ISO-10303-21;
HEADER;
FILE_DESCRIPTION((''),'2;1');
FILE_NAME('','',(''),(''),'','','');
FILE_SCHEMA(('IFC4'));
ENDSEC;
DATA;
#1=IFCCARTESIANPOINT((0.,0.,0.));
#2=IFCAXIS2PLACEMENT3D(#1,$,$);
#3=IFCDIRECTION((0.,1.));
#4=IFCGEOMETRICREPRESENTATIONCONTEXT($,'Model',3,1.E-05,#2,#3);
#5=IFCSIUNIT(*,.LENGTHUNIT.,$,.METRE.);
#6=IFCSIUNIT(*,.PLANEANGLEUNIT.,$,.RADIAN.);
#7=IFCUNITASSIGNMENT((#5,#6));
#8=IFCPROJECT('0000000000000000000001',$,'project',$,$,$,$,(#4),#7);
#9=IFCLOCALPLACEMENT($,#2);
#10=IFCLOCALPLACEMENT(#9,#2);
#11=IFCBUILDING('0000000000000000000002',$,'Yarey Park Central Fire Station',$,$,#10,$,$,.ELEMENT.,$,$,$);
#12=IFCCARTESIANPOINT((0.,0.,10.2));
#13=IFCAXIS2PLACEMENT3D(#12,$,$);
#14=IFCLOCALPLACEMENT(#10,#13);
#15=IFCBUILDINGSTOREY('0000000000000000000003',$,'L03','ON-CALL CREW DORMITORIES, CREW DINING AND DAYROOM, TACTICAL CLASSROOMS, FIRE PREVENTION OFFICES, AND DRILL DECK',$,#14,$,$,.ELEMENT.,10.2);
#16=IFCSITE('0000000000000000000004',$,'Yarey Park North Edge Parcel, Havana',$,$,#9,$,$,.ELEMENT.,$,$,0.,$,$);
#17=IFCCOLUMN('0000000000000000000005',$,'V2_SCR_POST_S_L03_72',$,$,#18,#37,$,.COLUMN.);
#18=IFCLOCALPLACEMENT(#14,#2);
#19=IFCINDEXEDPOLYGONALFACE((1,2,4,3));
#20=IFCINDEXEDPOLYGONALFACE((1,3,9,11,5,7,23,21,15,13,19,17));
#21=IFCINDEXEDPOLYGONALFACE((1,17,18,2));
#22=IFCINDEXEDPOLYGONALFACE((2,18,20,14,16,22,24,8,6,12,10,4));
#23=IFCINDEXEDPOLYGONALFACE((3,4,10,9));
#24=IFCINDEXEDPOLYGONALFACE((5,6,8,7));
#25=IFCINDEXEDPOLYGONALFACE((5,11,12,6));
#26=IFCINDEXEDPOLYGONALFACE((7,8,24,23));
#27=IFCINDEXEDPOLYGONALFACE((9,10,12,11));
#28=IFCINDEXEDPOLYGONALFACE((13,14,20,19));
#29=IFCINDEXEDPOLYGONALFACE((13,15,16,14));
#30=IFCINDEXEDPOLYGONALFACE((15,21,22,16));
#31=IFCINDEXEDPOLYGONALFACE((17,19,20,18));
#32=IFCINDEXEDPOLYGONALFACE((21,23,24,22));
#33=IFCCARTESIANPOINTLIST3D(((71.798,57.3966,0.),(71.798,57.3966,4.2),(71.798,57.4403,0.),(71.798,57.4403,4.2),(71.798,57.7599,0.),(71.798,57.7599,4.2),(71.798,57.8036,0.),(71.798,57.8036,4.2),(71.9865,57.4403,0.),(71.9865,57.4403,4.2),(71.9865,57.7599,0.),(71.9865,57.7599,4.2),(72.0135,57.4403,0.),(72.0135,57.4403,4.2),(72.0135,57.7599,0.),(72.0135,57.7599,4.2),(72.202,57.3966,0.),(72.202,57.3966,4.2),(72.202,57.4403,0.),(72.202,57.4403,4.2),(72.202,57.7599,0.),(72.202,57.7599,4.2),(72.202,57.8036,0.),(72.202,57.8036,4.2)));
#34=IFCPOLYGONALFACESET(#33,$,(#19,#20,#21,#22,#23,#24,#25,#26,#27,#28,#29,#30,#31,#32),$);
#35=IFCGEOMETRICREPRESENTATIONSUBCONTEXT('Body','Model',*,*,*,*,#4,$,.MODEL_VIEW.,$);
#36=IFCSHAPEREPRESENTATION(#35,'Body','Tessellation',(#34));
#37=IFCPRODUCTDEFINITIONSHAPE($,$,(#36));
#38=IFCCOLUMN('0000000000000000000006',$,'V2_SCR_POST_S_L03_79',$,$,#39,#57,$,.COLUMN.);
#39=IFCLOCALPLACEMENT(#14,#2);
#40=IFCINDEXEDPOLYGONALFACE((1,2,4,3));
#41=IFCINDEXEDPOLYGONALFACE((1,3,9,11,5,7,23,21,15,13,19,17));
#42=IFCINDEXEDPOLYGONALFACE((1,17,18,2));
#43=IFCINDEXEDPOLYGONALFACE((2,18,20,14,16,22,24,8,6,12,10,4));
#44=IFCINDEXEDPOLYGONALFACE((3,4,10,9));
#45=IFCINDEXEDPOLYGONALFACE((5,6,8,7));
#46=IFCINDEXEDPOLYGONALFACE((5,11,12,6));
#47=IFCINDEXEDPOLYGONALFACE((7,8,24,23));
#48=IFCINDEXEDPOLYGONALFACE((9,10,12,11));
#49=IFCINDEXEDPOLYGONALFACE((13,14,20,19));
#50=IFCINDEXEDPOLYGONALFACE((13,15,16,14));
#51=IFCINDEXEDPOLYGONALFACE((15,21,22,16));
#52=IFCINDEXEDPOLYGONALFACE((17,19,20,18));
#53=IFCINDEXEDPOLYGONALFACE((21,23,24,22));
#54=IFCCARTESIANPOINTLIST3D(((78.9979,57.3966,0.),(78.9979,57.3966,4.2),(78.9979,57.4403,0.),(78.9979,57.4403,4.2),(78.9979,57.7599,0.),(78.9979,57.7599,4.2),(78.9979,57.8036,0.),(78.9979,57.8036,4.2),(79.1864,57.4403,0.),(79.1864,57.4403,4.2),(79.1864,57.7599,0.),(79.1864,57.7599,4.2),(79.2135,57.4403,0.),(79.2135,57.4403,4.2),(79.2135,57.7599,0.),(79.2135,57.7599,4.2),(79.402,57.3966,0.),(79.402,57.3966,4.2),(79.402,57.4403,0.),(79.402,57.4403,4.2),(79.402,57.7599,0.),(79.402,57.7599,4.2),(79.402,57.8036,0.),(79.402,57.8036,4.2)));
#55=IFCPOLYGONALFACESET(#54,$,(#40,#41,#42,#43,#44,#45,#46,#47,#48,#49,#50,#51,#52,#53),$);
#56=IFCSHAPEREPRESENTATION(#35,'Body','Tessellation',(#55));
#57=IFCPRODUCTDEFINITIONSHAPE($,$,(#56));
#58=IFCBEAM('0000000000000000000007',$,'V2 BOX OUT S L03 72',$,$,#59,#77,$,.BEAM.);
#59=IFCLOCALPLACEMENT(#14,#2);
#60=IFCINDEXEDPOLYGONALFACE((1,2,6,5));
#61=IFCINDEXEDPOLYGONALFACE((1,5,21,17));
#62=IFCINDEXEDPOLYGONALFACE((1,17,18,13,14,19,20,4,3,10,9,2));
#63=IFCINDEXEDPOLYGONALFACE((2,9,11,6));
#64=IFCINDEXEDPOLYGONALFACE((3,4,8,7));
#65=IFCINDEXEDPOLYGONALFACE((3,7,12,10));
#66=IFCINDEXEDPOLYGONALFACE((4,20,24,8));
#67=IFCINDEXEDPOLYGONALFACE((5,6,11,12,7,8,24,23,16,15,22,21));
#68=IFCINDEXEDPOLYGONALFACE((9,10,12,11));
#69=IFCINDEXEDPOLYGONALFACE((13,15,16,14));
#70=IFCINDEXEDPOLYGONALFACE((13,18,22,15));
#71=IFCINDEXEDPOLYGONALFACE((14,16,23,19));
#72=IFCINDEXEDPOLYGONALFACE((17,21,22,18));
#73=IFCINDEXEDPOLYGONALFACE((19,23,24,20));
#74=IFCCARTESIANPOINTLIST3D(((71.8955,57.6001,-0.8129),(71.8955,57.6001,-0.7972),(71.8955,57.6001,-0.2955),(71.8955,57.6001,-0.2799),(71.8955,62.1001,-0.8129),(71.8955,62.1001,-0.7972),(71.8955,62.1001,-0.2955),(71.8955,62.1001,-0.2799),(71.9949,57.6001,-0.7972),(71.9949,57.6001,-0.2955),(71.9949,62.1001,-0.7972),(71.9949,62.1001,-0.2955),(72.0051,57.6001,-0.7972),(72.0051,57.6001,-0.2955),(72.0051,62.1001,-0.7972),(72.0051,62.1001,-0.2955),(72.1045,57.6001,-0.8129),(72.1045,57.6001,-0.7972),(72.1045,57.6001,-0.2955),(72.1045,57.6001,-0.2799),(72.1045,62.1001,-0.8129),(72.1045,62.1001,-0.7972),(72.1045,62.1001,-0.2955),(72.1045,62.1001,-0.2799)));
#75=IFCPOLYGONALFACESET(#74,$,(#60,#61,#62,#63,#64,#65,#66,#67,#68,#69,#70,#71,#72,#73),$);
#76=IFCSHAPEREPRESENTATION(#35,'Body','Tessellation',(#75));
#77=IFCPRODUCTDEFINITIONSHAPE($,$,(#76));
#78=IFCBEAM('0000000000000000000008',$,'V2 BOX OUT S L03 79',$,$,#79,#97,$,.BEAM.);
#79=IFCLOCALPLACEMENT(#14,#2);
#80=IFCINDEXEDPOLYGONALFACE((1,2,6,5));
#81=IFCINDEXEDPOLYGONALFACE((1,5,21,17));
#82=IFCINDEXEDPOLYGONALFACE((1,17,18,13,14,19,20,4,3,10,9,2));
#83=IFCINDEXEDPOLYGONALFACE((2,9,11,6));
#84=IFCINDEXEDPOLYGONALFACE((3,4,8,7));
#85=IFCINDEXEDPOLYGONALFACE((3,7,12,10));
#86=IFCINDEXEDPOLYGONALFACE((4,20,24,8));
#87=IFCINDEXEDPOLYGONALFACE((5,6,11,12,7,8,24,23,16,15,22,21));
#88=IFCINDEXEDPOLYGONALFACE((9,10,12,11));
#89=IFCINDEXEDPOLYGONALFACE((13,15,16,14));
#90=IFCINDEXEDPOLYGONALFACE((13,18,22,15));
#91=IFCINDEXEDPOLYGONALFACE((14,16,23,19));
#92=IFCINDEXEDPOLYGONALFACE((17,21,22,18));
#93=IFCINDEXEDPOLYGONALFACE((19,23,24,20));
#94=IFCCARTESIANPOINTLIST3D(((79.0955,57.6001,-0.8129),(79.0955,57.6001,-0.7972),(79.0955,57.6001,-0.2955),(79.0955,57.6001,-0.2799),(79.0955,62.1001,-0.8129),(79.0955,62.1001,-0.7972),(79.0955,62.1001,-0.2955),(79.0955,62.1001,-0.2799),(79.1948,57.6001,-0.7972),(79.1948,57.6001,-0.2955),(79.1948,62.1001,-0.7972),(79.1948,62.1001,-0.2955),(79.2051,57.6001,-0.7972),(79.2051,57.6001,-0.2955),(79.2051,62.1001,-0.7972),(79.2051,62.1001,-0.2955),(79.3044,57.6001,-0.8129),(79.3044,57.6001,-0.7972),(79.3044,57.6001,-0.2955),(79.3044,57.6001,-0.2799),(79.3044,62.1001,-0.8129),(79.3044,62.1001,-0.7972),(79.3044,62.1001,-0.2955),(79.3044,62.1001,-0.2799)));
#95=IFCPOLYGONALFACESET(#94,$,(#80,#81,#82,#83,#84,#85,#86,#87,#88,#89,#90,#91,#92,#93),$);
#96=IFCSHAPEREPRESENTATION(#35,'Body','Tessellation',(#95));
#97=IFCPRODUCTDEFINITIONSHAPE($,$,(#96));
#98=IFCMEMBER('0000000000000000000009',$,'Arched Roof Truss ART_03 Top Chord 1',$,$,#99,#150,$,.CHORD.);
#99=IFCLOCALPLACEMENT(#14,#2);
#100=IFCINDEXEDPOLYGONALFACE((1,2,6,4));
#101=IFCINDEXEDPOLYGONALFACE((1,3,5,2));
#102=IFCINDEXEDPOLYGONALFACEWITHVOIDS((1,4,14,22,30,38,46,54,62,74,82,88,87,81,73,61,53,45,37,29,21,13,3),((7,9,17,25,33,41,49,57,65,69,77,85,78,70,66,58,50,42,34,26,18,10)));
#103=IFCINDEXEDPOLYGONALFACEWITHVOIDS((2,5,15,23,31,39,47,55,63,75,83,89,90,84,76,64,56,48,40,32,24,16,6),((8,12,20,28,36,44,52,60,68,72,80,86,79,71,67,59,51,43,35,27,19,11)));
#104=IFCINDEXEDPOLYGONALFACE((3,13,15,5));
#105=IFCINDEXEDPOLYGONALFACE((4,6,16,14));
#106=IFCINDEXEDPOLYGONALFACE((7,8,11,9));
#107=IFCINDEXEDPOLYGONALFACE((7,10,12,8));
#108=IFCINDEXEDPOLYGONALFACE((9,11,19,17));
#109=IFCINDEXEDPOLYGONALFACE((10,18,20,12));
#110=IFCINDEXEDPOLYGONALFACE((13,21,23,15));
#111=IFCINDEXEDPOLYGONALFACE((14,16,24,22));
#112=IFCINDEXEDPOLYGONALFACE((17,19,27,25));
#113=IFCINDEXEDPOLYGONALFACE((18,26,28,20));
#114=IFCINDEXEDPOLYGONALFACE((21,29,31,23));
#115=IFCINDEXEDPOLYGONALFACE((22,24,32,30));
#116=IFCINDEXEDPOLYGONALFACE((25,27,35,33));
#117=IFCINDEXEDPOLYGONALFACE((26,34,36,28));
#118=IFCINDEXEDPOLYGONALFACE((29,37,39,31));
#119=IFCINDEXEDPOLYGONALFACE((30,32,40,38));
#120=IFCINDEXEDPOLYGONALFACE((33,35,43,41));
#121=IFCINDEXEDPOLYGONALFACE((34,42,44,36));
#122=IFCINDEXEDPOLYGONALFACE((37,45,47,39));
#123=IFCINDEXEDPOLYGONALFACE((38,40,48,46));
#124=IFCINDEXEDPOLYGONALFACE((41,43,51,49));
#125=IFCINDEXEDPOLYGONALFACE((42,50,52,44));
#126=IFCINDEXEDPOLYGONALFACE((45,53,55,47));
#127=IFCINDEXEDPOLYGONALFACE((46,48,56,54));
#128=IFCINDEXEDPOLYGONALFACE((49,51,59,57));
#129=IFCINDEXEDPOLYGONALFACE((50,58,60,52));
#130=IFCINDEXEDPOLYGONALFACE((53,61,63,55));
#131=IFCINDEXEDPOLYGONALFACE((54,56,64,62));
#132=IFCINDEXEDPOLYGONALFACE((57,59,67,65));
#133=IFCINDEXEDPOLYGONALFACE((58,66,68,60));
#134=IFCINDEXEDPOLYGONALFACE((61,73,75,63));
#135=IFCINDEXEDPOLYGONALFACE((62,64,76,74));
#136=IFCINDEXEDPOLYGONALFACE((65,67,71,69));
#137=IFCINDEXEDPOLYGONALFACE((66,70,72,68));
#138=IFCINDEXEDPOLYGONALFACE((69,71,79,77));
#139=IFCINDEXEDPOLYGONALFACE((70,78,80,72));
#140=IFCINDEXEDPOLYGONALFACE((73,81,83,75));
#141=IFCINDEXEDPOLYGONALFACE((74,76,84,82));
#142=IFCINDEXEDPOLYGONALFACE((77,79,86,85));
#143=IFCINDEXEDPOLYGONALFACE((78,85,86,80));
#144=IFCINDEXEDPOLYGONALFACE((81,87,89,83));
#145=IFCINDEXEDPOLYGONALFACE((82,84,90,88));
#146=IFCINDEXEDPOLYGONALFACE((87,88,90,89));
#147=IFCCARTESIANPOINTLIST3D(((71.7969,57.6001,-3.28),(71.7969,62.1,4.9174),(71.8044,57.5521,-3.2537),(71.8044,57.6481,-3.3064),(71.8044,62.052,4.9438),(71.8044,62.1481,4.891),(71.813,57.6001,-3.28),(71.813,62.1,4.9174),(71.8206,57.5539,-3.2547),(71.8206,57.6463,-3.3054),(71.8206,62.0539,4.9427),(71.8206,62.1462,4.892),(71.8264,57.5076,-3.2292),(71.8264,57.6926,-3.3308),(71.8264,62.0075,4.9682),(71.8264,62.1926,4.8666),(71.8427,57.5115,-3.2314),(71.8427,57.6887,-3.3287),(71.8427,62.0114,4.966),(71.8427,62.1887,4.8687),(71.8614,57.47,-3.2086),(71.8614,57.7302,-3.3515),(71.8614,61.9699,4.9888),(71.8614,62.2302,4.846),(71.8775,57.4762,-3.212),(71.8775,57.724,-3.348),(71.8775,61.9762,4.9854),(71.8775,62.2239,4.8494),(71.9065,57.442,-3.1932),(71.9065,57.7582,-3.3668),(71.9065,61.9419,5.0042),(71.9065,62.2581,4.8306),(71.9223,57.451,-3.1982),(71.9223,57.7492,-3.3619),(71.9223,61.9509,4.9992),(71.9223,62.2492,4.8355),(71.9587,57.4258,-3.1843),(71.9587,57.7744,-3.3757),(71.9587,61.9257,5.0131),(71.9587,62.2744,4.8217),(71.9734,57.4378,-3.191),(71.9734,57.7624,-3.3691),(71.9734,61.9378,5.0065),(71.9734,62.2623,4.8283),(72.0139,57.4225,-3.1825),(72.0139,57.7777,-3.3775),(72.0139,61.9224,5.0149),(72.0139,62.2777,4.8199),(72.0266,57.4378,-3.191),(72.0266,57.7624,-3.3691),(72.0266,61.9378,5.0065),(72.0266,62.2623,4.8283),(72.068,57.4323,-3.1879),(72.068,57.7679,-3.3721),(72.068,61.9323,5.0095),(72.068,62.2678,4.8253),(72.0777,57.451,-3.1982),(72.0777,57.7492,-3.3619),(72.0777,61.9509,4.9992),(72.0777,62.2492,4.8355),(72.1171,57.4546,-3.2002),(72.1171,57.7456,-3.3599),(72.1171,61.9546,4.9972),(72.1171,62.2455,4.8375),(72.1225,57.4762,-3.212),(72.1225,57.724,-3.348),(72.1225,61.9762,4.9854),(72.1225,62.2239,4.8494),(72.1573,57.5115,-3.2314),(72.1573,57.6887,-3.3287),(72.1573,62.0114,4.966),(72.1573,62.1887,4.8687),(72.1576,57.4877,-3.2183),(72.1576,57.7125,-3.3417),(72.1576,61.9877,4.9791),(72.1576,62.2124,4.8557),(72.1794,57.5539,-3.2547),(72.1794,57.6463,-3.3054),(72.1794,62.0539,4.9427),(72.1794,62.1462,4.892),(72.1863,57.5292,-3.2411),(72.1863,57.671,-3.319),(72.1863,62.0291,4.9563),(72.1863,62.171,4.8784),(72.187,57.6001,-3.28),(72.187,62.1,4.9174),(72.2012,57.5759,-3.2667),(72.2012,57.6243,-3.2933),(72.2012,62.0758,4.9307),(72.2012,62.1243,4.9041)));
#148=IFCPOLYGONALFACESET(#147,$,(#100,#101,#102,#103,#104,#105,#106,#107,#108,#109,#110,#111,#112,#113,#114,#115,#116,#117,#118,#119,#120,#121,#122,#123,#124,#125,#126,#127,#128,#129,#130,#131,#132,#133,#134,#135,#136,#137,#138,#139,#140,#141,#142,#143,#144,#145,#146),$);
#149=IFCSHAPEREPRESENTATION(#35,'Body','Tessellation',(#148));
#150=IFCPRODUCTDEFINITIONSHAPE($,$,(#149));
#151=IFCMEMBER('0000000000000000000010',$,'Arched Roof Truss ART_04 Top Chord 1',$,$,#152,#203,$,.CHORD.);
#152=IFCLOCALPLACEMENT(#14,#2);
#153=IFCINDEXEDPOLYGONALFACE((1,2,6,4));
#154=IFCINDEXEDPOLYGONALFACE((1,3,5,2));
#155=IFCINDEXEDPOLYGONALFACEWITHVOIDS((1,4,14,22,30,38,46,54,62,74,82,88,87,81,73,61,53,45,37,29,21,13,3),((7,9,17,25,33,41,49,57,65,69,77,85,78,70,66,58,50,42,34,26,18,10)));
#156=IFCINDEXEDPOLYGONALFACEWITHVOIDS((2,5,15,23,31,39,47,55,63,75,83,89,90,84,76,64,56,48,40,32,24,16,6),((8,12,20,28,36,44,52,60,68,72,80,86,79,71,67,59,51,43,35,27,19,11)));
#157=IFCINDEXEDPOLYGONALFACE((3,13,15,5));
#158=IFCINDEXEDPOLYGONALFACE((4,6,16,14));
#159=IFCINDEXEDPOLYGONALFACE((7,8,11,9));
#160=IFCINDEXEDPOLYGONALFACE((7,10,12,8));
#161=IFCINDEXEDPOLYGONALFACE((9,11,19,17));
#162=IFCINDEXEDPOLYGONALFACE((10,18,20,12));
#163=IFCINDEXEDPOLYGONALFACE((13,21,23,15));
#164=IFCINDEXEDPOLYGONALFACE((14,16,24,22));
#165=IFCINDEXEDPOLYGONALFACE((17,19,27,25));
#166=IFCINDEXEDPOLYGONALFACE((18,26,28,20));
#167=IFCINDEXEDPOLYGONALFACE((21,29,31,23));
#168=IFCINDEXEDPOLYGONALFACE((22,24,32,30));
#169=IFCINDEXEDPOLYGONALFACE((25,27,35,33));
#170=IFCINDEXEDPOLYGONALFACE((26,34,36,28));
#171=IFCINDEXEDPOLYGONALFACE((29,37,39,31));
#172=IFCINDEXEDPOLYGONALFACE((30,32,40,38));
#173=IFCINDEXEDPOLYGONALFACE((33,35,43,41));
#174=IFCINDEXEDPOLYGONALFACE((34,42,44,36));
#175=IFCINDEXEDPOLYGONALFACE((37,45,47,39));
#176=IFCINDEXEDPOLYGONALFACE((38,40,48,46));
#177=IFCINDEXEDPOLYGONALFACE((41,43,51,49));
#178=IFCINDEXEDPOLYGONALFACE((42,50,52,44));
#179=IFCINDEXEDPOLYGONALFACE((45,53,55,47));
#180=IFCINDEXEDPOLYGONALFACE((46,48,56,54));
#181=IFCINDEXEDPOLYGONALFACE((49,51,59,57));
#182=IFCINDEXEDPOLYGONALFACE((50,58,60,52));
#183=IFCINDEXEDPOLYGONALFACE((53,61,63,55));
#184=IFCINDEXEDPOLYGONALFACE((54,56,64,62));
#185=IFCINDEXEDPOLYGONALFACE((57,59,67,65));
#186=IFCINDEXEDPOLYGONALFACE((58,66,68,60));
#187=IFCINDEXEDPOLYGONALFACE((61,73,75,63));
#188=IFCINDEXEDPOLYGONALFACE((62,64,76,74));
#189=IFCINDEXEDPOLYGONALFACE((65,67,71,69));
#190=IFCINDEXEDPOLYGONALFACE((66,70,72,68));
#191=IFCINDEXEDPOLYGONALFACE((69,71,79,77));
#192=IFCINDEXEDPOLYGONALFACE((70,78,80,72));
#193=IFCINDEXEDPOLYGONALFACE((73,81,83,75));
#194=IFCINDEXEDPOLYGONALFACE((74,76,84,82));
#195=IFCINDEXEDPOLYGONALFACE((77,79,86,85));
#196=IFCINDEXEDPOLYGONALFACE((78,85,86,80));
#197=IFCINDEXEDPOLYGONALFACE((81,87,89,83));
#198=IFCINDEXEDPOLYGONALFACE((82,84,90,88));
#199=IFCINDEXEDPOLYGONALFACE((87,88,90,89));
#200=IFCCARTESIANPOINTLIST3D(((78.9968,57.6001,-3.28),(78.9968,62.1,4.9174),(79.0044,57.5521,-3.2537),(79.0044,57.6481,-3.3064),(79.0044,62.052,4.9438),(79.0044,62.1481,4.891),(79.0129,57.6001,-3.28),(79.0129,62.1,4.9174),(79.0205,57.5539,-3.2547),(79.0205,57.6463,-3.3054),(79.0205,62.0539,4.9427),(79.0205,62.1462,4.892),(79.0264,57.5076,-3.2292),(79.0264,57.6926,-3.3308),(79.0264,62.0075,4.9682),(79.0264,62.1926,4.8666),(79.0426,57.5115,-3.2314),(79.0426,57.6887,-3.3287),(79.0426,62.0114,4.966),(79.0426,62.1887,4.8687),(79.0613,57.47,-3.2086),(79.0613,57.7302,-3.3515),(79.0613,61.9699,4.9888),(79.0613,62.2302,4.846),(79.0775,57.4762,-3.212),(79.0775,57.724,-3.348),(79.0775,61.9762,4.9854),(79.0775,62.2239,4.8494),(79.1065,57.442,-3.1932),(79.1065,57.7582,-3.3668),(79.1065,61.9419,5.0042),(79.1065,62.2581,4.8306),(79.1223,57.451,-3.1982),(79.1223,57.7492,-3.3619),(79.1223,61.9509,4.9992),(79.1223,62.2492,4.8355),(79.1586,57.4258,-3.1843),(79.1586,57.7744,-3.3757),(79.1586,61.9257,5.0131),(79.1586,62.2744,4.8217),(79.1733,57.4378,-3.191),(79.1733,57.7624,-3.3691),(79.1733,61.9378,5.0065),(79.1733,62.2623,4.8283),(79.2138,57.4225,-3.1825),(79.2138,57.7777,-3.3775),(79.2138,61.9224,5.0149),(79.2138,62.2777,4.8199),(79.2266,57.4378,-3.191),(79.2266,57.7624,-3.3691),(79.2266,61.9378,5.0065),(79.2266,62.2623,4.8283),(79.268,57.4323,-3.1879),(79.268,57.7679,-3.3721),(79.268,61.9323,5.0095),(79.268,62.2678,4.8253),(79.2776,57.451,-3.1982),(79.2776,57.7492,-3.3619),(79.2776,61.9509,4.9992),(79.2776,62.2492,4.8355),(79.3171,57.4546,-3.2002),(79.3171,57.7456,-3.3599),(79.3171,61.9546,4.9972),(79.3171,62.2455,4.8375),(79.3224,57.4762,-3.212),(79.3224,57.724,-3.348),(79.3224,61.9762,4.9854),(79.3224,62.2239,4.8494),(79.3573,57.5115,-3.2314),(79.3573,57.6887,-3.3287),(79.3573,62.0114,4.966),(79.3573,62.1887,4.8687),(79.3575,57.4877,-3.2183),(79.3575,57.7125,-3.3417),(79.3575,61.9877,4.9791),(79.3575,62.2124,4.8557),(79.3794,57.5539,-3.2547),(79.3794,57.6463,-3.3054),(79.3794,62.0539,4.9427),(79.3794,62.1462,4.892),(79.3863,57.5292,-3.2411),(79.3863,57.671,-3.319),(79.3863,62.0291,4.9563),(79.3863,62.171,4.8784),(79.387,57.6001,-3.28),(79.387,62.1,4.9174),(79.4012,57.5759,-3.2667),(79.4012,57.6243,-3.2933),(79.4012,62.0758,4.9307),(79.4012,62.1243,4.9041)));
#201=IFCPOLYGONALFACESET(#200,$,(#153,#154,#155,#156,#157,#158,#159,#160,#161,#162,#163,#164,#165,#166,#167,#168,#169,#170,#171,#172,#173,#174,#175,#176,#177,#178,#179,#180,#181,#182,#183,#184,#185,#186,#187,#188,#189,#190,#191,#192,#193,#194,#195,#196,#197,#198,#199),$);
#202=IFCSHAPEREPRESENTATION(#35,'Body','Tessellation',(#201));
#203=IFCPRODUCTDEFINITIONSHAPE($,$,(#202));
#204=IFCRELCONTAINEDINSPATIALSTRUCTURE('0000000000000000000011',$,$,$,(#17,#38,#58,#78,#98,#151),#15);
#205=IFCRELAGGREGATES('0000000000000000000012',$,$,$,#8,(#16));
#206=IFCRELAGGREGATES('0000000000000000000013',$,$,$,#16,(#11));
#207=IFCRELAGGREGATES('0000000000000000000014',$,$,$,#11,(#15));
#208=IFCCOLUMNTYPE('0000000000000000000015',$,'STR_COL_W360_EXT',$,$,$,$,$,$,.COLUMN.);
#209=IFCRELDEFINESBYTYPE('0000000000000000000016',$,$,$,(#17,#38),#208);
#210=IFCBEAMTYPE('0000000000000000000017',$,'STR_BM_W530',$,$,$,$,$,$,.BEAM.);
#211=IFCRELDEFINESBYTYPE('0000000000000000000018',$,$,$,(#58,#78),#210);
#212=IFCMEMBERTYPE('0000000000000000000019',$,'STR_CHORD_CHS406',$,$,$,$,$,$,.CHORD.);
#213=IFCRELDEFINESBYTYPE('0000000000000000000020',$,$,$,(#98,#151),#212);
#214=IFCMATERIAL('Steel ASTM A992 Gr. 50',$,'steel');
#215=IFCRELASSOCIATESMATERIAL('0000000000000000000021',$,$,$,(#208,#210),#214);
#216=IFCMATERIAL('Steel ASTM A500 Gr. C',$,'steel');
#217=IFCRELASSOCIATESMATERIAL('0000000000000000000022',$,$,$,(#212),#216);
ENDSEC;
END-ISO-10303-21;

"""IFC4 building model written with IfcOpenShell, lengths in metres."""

from ifc_helpers import new_model, si_unit, direction, frame, origin, origin_2d, place, context, subcontext, project, spatial, hollow_circle, i_section, extrude, material, material_profile, profile_set, type_object, element, save


model = new_model("IFC4")

# Units and contexts
model_context = context("Model", 3, precision=1e-05, world=origin(), true_north=direction((0.0, 1.0)))
body_context = subcontext(model_context, "Body", "Model", "MODEL_VIEW")
ifc_project = project(units=[si_unit("LENGTHUNIT", "METRE"), si_unit("PLANEANGLEUNIT", "RADIAN")], contexts=[model_context])

# Site, building, storey
site_placement = place(None, origin())
site = spatial("IfcSite", under=ifc_project, at=site_placement, Name="Yarey Park North Edge Parcel, Havana", CompositionType="ELEMENT", RefElevation=0.0)
building_placement = place(site_placement, origin())
building = spatial("IfcBuilding", under=site, at=building_placement, Name="Yarey Park Central Fire Station", CompositionType="ELEMENT")
storey_placement = place(building_placement, frame((0.0, 0.0, 10.2)))
storey = spatial("IfcBuildingStorey", under=building, at=storey_placement, Name="L03", Description="ON-CALL CREW DORMITORIES, CREW DINING AND DAYROOM, TACTICAL CLASSROOMS, FIRE PREVENTION OFFICES, AND DRILL DECK", CompositionType="ELEMENT", Elevation=10.2)

# Columns
ifc_material_1 = material(Name="Steel ASTM A992 Gr. 50", Category="steel")
ifc_material_profile_1 = material_profile(ifc_material_1, i_section(OverallWidth=0.4041, OverallDepth=0.407, WebThickness=0.0271, FlangeThickness=0.0437, at=origin_2d()), Name="W360x347")
ifc_profile_set_1 = profile_set([ifc_material_profile_1], Name="Steel ASTM A992 Gr. 50")
column_type = type_object("IfcColumnType", Name="STR_COL_W360_EXT", PredefinedType="COLUMN", material=ifc_profile_set_1)
for number, where, z_axis, x_axis, name in (
    (1, (72.0, 57.6001, 0.0), (0.0, 0.0, 1.0), (1.0, 0.0, 0.0), "V2_SCR_POST_S_L03_72"),
    (2, (79.2, 57.6001, 0.0), (0.0, 0.0, 1.0), (1.0, 0.0, 0.0), "V2_SCR_POST_S_L03_79"),
):
    element("IfcColumn", number, at=place(storey_placement, frame(where, z_axis=z_axis, x_axis=x_axis)), inside=storey, type_object=column_type, Name=name, PredefinedType="COLUMN", context=body_context, shape_type="SweptSolid", body=[
        extrude(i_section(OverallWidth=0.4041, OverallDepth=0.407, WebThickness=0.0271, FlangeThickness=0.0437, at=origin_2d()), origin(), (0.0, 0.0, 1.0), 4.2),
    ])

# Beams
ifc_material_profile_2 = material_profile(ifc_material_1, i_section(OverallWidth=0.209, OverallDepth=0.533, WebThickness=0.0103, FlangeThickness=0.0156, at=origin_2d()), Name="W530x92")
ifc_profile_set_2 = profile_set([ifc_material_profile_2], Name="Steel ASTM A992 Gr. 50")
beam_type_1 = type_object("IfcBeamType", Name="STR_BM_W530", PredefinedType="BEAM", material=ifc_profile_set_2)
for number, where, z_axis, x_axis, name in (
    (3, (72.0, 57.6001, -0.5464), (0.0, 1.0, 0.0), (-1.0, 0.0, 0.0), "V2 BOX OUT S L03 72"),
    (4, (79.2, 57.6001, -0.5464), (0.0, 1.0, 0.0), (-1.0, 0.0, 0.0), "V2 BOX OUT S L03 79"),
):
    element("IfcBeam", number, at=place(storey_placement, frame(where, z_axis=z_axis, x_axis=x_axis)), inside=storey, type_object=beam_type_1, Name=name, PredefinedType="BEAM", context=body_context, shape_type="SweptSolid", body=[
        extrude(i_section(OverallWidth=0.209, OverallDepth=0.533, WebThickness=0.0103, FlangeThickness=0.0156, at=origin_2d()), origin(), (0.0, 0.0, 1.0), 4.5),
    ])

# Members
ifc_material_2 = material(Name="Steel ASTM A500 Gr. C", Category="steel")
ifc_material_profile_3 = material_profile(ifc_material_2, hollow_circle(Radius=0.2031, WallThickness=0.0161, at=origin_2d()), Name="CHS 406.4x16")
ifc_profile_set_3 = profile_set([ifc_material_profile_3], Name="Steel ASTM A500 Gr. C")
member_type_1 = type_object("IfcMemberType", Name="STR_CHORD_CHS406", PredefinedType="CHORD", material=ifc_profile_set_3)
for number, where, z_axis, x_axis, name in (
    (5, (72.0, 57.6001, -3.28), (0.0, 0.48121, 0.876605), (-1.0, 0.0, 0.0), "Arched Roof Truss ART_03 Top Chord 1"),
    (6, (79.2, 57.6001, -3.28), (0.0, 0.48121, 0.876605), (-1.0, 0.0, 0.0), "Arched Roof Truss ART_04 Top Chord 1"),
):
    element("IfcMember", number, at=place(storey_placement, frame(where, z_axis=z_axis, x_axis=x_axis)), inside=storey, type_object=member_type_1, Name=name, PredefinedType="CHORD", context=body_context, shape_type="SweptSolid", body=[
        extrude(hollow_circle(Radius=0.2031, WallThickness=0.0161, at=origin_2d()), origin(), (0.0, 0.0, 1.0), 9.3513),
    ])

save(model, "model.ifc")
